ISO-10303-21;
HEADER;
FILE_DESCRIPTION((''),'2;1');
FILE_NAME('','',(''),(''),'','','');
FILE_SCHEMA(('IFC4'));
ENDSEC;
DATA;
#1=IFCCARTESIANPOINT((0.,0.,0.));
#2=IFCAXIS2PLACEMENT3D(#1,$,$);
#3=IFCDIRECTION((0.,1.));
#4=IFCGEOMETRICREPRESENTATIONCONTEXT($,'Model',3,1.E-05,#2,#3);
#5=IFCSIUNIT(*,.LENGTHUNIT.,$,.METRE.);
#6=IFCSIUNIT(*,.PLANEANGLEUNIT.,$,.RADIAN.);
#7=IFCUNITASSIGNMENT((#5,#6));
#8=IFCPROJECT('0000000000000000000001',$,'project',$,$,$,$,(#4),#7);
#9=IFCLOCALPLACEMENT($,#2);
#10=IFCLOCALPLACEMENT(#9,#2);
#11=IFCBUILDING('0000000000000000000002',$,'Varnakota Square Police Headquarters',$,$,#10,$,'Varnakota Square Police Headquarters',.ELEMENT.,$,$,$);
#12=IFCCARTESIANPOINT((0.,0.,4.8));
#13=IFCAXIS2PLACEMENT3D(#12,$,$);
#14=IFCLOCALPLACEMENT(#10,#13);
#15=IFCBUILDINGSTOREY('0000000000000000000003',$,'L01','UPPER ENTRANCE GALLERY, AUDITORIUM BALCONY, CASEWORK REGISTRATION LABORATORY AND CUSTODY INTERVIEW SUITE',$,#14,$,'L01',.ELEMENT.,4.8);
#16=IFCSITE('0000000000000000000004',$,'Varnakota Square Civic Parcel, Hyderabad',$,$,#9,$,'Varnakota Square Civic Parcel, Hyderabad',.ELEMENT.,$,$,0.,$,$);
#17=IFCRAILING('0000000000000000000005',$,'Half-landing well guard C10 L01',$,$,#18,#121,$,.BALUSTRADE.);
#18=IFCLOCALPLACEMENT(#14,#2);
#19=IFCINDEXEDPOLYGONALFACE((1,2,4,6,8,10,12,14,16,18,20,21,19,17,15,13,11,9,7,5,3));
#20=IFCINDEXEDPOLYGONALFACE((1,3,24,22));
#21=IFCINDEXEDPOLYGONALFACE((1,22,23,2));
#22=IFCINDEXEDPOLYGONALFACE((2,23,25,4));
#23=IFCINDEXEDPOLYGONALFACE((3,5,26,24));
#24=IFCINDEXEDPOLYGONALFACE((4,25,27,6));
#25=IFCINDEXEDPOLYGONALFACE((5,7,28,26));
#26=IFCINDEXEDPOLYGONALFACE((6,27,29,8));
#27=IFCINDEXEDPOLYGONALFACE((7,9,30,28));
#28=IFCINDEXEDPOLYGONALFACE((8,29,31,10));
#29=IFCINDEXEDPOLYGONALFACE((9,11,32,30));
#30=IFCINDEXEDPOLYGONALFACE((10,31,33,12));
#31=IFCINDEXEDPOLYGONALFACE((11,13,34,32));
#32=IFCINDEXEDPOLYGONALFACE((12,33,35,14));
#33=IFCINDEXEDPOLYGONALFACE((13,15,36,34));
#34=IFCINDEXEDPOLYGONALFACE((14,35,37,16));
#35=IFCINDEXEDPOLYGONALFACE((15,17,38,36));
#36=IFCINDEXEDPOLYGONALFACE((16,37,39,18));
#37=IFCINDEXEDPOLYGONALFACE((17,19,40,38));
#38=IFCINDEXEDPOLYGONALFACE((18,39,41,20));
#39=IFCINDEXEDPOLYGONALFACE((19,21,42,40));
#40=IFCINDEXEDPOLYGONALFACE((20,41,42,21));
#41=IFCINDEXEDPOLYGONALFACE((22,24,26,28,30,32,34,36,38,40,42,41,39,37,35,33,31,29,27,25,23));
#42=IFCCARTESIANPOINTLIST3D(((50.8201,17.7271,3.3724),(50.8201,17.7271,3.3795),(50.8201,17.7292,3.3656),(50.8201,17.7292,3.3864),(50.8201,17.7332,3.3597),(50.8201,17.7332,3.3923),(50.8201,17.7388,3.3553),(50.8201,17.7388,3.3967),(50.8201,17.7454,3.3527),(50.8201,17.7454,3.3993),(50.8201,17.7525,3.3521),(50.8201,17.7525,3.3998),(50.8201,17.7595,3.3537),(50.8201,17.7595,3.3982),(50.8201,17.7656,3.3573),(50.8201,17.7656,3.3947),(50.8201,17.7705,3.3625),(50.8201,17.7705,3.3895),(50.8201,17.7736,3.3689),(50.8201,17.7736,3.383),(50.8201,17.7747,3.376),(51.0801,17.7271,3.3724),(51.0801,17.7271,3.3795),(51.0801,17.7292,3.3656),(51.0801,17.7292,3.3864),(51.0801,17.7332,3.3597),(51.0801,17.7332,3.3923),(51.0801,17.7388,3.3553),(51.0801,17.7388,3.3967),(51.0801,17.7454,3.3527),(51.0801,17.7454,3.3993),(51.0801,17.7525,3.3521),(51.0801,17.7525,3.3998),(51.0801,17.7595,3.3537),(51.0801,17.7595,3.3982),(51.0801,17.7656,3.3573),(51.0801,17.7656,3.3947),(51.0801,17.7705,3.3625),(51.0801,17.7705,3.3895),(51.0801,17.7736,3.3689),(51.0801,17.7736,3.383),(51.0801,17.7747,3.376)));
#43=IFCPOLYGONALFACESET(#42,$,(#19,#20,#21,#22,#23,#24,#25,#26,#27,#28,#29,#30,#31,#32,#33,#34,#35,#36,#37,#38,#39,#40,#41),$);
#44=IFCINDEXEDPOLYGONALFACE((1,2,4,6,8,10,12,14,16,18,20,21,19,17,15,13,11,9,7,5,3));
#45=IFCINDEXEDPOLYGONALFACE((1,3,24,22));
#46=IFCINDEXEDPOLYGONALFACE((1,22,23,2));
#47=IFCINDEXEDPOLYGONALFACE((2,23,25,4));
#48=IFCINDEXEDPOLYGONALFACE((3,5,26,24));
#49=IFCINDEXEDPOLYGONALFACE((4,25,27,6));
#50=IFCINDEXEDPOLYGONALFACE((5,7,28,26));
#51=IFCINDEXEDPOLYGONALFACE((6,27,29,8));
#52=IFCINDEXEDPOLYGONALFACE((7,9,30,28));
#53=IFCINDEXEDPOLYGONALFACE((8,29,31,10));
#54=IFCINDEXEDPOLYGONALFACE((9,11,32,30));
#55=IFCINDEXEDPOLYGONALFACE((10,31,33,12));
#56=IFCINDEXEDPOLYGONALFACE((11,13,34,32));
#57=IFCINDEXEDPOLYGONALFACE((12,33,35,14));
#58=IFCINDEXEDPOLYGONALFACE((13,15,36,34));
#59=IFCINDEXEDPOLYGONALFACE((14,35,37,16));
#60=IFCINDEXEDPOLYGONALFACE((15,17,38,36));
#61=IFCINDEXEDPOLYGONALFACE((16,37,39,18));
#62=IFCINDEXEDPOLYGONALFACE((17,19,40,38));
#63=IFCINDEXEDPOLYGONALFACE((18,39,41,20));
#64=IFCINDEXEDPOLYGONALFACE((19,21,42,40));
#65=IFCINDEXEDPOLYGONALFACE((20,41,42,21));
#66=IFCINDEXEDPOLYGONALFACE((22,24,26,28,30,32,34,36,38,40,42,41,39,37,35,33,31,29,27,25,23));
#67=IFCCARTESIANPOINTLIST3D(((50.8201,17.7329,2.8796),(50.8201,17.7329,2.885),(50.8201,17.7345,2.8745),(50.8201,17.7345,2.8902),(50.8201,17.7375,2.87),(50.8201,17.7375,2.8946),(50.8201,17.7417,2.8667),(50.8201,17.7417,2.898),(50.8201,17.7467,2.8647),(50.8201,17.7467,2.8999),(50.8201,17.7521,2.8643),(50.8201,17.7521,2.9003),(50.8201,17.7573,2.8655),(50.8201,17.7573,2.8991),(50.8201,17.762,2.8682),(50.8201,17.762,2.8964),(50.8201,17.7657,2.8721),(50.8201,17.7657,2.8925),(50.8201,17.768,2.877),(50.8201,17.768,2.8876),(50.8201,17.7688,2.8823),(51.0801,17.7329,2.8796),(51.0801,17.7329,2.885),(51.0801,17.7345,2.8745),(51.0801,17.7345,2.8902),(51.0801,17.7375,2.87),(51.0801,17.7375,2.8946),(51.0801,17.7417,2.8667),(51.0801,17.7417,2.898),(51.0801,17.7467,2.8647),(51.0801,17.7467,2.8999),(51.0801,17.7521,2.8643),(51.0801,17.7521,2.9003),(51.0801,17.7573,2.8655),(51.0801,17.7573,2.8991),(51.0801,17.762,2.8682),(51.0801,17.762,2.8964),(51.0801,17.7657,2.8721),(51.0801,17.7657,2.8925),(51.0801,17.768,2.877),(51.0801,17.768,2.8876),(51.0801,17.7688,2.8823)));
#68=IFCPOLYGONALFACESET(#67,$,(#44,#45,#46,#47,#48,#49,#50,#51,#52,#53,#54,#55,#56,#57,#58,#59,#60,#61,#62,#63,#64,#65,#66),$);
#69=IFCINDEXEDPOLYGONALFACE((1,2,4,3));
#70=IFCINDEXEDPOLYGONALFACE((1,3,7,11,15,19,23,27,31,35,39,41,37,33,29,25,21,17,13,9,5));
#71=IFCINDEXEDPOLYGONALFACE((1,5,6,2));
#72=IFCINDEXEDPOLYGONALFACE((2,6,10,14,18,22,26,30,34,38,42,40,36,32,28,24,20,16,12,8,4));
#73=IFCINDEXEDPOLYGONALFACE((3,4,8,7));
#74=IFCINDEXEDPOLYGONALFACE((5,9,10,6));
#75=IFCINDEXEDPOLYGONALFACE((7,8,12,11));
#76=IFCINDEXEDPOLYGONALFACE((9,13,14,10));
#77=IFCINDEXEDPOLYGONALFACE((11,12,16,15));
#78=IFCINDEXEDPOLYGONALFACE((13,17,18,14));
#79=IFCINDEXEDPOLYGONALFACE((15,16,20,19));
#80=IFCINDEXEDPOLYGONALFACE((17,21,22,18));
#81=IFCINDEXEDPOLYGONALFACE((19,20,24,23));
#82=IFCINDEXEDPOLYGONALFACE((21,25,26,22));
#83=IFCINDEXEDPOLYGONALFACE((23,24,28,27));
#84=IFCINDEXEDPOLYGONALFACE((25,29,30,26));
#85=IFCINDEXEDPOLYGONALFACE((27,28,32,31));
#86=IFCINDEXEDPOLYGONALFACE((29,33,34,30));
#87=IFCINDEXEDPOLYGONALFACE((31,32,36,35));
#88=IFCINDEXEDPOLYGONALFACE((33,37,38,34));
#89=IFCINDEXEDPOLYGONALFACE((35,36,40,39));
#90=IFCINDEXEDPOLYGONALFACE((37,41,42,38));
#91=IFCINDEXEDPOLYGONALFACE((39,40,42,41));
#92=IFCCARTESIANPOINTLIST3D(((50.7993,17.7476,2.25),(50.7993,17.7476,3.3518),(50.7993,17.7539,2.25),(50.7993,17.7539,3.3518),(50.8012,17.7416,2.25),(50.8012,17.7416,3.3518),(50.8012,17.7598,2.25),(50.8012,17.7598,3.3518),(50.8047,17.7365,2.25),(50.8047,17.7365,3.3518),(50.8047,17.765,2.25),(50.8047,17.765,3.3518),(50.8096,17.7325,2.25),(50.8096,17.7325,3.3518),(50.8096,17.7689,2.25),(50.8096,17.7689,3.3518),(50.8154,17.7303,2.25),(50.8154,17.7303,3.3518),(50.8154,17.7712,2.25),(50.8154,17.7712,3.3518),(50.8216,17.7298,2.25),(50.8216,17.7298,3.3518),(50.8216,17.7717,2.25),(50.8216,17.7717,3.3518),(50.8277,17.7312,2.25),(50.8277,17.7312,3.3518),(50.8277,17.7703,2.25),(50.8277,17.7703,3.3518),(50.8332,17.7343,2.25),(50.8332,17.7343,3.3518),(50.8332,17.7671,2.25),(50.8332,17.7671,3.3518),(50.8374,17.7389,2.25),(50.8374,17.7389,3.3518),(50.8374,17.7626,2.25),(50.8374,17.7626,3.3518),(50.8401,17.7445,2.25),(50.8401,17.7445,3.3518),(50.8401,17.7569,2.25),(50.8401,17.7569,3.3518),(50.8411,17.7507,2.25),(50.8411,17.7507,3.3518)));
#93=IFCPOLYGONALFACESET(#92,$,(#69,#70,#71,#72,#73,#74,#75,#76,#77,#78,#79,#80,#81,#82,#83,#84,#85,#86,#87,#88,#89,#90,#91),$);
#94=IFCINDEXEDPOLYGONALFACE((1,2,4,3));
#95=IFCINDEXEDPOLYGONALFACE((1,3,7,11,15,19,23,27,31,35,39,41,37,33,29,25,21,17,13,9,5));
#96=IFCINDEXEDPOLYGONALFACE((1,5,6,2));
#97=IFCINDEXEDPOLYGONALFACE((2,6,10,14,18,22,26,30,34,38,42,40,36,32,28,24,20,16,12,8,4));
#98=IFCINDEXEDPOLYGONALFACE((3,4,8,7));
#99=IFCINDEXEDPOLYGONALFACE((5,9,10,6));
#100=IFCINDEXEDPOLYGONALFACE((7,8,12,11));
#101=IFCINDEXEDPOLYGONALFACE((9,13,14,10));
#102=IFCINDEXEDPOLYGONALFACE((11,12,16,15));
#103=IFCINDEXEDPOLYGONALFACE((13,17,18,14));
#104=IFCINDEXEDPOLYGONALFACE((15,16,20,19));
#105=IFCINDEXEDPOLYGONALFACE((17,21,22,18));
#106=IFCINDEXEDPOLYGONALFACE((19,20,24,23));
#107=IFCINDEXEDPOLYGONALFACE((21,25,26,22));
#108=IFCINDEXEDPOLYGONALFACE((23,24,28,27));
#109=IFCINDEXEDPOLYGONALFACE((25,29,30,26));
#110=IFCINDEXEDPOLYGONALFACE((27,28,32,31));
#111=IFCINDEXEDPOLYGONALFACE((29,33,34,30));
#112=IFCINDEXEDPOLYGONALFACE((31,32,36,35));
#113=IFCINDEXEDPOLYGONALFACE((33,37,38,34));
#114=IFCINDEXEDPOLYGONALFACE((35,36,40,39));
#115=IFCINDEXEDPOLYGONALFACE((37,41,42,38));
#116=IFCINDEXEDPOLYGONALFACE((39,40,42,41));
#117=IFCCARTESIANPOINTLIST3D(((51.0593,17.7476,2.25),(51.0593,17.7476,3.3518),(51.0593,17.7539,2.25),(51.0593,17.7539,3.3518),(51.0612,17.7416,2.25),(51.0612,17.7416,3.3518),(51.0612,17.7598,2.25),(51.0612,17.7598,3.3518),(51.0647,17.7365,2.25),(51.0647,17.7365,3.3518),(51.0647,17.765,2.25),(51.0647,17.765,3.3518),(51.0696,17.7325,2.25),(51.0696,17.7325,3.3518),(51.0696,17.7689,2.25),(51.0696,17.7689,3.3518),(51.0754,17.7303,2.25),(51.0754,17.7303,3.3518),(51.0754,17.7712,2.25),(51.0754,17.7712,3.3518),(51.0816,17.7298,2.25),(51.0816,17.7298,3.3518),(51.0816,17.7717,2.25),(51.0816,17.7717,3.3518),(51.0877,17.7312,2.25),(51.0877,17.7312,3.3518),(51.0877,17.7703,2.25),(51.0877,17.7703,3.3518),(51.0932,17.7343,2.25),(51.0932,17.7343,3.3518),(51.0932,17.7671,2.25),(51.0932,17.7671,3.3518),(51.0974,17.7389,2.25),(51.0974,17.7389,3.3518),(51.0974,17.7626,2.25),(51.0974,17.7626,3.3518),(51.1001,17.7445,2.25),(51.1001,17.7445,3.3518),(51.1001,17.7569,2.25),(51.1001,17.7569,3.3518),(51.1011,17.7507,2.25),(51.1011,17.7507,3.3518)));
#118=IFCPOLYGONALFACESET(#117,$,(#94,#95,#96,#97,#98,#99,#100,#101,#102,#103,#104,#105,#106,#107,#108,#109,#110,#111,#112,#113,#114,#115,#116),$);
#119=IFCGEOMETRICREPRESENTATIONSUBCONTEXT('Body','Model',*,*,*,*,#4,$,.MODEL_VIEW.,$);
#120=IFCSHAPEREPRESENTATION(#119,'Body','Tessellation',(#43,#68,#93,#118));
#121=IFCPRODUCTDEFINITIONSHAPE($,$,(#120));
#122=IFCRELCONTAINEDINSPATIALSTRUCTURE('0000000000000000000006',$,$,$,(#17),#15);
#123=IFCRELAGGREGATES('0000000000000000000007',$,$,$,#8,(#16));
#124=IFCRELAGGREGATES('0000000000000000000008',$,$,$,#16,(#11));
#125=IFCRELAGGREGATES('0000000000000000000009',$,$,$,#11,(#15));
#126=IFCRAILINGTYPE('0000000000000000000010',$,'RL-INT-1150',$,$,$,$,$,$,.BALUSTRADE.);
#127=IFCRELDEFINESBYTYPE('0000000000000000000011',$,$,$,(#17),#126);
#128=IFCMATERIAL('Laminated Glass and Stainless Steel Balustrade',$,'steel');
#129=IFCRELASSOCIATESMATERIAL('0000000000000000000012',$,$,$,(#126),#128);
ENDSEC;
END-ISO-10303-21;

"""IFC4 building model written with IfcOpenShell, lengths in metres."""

from ifc_helpers import new_model, si_unit, direction, frame, origin, origin_2d, place, context, subcontext, project, spatial, circle, extrude, material, type_object, element, save


model = new_model("IFC4")

# Units and contexts
model_context = context("Model", 3, precision=1e-05, world=origin(), true_north=direction((0.0, 1.0)))
body_context = subcontext(model_context, "Body", "Model", "MODEL_VIEW")
ifc_project = project(units=[si_unit("LENGTHUNIT", "METRE"), si_unit("PLANEANGLEUNIT", "RADIAN")], contexts=[model_context])

# Site, building, storey
site_placement = place(None, origin())
site = spatial("IfcSite", under=ifc_project, at=site_placement, Name="Varnakota Square Civic Parcel, Hyderabad", LongName="Varnakota Square Civic Parcel, Hyderabad", CompositionType="ELEMENT", RefElevation=0.0)
building_placement = place(site_placement, origin())
building = spatial("IfcBuilding", under=site, at=building_placement, Name="Varnakota Square Police Headquarters", LongName="Varnakota Square Police Headquarters", CompositionType="ELEMENT")
storey_placement = place(building_placement, frame((0.0, 0.0, 4.8)))
storey = spatial("IfcBuildingStorey", under=building, at=storey_placement, Name="L01", Description="UPPER ENTRANCE GALLERY, AUDITORIUM BALCONY, CASEWORK REGISTRATION LABORATORY AND CUSTODY INTERVIEW SUITE", LongName="L01", CompositionType="ELEMENT", Elevation=4.8)

# Railing
ifc_material_1 = material(Name="Laminated Glass and Stainless Steel Balustrade", Category="steel")
railing_type_1 = type_object("IfcRailingType", Name="RL-INT-1150", PredefinedType="BALUSTRADE", material=ifc_material_1)
railing_1_placement = place(storey_placement, frame((50.8201, 17.7507, 2.25)))
element("IfcRailing", 1, at=railing_1_placement, inside=storey, type_object=railing_type_1, Name="Half-landing well guard C10 L01", PredefinedType="BALUSTRADE", context=body_context, shape_type="SweptSolid", body=[
    extrude(circle(Radius=0.0239, at=origin_2d()), frame((0.0, 0.0, 1.126), z_axis=(1.0, 0.0, 0.0), x_axis=(0.0, 1.0, 0.0)), (0.0, 0.0, 1.0), 0.26),
    extrude(circle(Radius=0.0181, at=origin_2d()), frame((0.0, 0.0, 0.6323), z_axis=(1.0, 0.0, 0.0), x_axis=(0.0, 1.0, 0.0)), (0.0, 0.0, 1.0), 0.26),
    extrude(circle(Radius=0.021, at=origin_2d()), origin(), (0.0, 0.0, 1.0), 1.1018),
    extrude(circle(Radius=0.021, at=origin_2d()), frame((0.26, 0.0, 0.0)), (0.0, 0.0, 1.0), 1.1018),
])

save(model, "model.ifc")
